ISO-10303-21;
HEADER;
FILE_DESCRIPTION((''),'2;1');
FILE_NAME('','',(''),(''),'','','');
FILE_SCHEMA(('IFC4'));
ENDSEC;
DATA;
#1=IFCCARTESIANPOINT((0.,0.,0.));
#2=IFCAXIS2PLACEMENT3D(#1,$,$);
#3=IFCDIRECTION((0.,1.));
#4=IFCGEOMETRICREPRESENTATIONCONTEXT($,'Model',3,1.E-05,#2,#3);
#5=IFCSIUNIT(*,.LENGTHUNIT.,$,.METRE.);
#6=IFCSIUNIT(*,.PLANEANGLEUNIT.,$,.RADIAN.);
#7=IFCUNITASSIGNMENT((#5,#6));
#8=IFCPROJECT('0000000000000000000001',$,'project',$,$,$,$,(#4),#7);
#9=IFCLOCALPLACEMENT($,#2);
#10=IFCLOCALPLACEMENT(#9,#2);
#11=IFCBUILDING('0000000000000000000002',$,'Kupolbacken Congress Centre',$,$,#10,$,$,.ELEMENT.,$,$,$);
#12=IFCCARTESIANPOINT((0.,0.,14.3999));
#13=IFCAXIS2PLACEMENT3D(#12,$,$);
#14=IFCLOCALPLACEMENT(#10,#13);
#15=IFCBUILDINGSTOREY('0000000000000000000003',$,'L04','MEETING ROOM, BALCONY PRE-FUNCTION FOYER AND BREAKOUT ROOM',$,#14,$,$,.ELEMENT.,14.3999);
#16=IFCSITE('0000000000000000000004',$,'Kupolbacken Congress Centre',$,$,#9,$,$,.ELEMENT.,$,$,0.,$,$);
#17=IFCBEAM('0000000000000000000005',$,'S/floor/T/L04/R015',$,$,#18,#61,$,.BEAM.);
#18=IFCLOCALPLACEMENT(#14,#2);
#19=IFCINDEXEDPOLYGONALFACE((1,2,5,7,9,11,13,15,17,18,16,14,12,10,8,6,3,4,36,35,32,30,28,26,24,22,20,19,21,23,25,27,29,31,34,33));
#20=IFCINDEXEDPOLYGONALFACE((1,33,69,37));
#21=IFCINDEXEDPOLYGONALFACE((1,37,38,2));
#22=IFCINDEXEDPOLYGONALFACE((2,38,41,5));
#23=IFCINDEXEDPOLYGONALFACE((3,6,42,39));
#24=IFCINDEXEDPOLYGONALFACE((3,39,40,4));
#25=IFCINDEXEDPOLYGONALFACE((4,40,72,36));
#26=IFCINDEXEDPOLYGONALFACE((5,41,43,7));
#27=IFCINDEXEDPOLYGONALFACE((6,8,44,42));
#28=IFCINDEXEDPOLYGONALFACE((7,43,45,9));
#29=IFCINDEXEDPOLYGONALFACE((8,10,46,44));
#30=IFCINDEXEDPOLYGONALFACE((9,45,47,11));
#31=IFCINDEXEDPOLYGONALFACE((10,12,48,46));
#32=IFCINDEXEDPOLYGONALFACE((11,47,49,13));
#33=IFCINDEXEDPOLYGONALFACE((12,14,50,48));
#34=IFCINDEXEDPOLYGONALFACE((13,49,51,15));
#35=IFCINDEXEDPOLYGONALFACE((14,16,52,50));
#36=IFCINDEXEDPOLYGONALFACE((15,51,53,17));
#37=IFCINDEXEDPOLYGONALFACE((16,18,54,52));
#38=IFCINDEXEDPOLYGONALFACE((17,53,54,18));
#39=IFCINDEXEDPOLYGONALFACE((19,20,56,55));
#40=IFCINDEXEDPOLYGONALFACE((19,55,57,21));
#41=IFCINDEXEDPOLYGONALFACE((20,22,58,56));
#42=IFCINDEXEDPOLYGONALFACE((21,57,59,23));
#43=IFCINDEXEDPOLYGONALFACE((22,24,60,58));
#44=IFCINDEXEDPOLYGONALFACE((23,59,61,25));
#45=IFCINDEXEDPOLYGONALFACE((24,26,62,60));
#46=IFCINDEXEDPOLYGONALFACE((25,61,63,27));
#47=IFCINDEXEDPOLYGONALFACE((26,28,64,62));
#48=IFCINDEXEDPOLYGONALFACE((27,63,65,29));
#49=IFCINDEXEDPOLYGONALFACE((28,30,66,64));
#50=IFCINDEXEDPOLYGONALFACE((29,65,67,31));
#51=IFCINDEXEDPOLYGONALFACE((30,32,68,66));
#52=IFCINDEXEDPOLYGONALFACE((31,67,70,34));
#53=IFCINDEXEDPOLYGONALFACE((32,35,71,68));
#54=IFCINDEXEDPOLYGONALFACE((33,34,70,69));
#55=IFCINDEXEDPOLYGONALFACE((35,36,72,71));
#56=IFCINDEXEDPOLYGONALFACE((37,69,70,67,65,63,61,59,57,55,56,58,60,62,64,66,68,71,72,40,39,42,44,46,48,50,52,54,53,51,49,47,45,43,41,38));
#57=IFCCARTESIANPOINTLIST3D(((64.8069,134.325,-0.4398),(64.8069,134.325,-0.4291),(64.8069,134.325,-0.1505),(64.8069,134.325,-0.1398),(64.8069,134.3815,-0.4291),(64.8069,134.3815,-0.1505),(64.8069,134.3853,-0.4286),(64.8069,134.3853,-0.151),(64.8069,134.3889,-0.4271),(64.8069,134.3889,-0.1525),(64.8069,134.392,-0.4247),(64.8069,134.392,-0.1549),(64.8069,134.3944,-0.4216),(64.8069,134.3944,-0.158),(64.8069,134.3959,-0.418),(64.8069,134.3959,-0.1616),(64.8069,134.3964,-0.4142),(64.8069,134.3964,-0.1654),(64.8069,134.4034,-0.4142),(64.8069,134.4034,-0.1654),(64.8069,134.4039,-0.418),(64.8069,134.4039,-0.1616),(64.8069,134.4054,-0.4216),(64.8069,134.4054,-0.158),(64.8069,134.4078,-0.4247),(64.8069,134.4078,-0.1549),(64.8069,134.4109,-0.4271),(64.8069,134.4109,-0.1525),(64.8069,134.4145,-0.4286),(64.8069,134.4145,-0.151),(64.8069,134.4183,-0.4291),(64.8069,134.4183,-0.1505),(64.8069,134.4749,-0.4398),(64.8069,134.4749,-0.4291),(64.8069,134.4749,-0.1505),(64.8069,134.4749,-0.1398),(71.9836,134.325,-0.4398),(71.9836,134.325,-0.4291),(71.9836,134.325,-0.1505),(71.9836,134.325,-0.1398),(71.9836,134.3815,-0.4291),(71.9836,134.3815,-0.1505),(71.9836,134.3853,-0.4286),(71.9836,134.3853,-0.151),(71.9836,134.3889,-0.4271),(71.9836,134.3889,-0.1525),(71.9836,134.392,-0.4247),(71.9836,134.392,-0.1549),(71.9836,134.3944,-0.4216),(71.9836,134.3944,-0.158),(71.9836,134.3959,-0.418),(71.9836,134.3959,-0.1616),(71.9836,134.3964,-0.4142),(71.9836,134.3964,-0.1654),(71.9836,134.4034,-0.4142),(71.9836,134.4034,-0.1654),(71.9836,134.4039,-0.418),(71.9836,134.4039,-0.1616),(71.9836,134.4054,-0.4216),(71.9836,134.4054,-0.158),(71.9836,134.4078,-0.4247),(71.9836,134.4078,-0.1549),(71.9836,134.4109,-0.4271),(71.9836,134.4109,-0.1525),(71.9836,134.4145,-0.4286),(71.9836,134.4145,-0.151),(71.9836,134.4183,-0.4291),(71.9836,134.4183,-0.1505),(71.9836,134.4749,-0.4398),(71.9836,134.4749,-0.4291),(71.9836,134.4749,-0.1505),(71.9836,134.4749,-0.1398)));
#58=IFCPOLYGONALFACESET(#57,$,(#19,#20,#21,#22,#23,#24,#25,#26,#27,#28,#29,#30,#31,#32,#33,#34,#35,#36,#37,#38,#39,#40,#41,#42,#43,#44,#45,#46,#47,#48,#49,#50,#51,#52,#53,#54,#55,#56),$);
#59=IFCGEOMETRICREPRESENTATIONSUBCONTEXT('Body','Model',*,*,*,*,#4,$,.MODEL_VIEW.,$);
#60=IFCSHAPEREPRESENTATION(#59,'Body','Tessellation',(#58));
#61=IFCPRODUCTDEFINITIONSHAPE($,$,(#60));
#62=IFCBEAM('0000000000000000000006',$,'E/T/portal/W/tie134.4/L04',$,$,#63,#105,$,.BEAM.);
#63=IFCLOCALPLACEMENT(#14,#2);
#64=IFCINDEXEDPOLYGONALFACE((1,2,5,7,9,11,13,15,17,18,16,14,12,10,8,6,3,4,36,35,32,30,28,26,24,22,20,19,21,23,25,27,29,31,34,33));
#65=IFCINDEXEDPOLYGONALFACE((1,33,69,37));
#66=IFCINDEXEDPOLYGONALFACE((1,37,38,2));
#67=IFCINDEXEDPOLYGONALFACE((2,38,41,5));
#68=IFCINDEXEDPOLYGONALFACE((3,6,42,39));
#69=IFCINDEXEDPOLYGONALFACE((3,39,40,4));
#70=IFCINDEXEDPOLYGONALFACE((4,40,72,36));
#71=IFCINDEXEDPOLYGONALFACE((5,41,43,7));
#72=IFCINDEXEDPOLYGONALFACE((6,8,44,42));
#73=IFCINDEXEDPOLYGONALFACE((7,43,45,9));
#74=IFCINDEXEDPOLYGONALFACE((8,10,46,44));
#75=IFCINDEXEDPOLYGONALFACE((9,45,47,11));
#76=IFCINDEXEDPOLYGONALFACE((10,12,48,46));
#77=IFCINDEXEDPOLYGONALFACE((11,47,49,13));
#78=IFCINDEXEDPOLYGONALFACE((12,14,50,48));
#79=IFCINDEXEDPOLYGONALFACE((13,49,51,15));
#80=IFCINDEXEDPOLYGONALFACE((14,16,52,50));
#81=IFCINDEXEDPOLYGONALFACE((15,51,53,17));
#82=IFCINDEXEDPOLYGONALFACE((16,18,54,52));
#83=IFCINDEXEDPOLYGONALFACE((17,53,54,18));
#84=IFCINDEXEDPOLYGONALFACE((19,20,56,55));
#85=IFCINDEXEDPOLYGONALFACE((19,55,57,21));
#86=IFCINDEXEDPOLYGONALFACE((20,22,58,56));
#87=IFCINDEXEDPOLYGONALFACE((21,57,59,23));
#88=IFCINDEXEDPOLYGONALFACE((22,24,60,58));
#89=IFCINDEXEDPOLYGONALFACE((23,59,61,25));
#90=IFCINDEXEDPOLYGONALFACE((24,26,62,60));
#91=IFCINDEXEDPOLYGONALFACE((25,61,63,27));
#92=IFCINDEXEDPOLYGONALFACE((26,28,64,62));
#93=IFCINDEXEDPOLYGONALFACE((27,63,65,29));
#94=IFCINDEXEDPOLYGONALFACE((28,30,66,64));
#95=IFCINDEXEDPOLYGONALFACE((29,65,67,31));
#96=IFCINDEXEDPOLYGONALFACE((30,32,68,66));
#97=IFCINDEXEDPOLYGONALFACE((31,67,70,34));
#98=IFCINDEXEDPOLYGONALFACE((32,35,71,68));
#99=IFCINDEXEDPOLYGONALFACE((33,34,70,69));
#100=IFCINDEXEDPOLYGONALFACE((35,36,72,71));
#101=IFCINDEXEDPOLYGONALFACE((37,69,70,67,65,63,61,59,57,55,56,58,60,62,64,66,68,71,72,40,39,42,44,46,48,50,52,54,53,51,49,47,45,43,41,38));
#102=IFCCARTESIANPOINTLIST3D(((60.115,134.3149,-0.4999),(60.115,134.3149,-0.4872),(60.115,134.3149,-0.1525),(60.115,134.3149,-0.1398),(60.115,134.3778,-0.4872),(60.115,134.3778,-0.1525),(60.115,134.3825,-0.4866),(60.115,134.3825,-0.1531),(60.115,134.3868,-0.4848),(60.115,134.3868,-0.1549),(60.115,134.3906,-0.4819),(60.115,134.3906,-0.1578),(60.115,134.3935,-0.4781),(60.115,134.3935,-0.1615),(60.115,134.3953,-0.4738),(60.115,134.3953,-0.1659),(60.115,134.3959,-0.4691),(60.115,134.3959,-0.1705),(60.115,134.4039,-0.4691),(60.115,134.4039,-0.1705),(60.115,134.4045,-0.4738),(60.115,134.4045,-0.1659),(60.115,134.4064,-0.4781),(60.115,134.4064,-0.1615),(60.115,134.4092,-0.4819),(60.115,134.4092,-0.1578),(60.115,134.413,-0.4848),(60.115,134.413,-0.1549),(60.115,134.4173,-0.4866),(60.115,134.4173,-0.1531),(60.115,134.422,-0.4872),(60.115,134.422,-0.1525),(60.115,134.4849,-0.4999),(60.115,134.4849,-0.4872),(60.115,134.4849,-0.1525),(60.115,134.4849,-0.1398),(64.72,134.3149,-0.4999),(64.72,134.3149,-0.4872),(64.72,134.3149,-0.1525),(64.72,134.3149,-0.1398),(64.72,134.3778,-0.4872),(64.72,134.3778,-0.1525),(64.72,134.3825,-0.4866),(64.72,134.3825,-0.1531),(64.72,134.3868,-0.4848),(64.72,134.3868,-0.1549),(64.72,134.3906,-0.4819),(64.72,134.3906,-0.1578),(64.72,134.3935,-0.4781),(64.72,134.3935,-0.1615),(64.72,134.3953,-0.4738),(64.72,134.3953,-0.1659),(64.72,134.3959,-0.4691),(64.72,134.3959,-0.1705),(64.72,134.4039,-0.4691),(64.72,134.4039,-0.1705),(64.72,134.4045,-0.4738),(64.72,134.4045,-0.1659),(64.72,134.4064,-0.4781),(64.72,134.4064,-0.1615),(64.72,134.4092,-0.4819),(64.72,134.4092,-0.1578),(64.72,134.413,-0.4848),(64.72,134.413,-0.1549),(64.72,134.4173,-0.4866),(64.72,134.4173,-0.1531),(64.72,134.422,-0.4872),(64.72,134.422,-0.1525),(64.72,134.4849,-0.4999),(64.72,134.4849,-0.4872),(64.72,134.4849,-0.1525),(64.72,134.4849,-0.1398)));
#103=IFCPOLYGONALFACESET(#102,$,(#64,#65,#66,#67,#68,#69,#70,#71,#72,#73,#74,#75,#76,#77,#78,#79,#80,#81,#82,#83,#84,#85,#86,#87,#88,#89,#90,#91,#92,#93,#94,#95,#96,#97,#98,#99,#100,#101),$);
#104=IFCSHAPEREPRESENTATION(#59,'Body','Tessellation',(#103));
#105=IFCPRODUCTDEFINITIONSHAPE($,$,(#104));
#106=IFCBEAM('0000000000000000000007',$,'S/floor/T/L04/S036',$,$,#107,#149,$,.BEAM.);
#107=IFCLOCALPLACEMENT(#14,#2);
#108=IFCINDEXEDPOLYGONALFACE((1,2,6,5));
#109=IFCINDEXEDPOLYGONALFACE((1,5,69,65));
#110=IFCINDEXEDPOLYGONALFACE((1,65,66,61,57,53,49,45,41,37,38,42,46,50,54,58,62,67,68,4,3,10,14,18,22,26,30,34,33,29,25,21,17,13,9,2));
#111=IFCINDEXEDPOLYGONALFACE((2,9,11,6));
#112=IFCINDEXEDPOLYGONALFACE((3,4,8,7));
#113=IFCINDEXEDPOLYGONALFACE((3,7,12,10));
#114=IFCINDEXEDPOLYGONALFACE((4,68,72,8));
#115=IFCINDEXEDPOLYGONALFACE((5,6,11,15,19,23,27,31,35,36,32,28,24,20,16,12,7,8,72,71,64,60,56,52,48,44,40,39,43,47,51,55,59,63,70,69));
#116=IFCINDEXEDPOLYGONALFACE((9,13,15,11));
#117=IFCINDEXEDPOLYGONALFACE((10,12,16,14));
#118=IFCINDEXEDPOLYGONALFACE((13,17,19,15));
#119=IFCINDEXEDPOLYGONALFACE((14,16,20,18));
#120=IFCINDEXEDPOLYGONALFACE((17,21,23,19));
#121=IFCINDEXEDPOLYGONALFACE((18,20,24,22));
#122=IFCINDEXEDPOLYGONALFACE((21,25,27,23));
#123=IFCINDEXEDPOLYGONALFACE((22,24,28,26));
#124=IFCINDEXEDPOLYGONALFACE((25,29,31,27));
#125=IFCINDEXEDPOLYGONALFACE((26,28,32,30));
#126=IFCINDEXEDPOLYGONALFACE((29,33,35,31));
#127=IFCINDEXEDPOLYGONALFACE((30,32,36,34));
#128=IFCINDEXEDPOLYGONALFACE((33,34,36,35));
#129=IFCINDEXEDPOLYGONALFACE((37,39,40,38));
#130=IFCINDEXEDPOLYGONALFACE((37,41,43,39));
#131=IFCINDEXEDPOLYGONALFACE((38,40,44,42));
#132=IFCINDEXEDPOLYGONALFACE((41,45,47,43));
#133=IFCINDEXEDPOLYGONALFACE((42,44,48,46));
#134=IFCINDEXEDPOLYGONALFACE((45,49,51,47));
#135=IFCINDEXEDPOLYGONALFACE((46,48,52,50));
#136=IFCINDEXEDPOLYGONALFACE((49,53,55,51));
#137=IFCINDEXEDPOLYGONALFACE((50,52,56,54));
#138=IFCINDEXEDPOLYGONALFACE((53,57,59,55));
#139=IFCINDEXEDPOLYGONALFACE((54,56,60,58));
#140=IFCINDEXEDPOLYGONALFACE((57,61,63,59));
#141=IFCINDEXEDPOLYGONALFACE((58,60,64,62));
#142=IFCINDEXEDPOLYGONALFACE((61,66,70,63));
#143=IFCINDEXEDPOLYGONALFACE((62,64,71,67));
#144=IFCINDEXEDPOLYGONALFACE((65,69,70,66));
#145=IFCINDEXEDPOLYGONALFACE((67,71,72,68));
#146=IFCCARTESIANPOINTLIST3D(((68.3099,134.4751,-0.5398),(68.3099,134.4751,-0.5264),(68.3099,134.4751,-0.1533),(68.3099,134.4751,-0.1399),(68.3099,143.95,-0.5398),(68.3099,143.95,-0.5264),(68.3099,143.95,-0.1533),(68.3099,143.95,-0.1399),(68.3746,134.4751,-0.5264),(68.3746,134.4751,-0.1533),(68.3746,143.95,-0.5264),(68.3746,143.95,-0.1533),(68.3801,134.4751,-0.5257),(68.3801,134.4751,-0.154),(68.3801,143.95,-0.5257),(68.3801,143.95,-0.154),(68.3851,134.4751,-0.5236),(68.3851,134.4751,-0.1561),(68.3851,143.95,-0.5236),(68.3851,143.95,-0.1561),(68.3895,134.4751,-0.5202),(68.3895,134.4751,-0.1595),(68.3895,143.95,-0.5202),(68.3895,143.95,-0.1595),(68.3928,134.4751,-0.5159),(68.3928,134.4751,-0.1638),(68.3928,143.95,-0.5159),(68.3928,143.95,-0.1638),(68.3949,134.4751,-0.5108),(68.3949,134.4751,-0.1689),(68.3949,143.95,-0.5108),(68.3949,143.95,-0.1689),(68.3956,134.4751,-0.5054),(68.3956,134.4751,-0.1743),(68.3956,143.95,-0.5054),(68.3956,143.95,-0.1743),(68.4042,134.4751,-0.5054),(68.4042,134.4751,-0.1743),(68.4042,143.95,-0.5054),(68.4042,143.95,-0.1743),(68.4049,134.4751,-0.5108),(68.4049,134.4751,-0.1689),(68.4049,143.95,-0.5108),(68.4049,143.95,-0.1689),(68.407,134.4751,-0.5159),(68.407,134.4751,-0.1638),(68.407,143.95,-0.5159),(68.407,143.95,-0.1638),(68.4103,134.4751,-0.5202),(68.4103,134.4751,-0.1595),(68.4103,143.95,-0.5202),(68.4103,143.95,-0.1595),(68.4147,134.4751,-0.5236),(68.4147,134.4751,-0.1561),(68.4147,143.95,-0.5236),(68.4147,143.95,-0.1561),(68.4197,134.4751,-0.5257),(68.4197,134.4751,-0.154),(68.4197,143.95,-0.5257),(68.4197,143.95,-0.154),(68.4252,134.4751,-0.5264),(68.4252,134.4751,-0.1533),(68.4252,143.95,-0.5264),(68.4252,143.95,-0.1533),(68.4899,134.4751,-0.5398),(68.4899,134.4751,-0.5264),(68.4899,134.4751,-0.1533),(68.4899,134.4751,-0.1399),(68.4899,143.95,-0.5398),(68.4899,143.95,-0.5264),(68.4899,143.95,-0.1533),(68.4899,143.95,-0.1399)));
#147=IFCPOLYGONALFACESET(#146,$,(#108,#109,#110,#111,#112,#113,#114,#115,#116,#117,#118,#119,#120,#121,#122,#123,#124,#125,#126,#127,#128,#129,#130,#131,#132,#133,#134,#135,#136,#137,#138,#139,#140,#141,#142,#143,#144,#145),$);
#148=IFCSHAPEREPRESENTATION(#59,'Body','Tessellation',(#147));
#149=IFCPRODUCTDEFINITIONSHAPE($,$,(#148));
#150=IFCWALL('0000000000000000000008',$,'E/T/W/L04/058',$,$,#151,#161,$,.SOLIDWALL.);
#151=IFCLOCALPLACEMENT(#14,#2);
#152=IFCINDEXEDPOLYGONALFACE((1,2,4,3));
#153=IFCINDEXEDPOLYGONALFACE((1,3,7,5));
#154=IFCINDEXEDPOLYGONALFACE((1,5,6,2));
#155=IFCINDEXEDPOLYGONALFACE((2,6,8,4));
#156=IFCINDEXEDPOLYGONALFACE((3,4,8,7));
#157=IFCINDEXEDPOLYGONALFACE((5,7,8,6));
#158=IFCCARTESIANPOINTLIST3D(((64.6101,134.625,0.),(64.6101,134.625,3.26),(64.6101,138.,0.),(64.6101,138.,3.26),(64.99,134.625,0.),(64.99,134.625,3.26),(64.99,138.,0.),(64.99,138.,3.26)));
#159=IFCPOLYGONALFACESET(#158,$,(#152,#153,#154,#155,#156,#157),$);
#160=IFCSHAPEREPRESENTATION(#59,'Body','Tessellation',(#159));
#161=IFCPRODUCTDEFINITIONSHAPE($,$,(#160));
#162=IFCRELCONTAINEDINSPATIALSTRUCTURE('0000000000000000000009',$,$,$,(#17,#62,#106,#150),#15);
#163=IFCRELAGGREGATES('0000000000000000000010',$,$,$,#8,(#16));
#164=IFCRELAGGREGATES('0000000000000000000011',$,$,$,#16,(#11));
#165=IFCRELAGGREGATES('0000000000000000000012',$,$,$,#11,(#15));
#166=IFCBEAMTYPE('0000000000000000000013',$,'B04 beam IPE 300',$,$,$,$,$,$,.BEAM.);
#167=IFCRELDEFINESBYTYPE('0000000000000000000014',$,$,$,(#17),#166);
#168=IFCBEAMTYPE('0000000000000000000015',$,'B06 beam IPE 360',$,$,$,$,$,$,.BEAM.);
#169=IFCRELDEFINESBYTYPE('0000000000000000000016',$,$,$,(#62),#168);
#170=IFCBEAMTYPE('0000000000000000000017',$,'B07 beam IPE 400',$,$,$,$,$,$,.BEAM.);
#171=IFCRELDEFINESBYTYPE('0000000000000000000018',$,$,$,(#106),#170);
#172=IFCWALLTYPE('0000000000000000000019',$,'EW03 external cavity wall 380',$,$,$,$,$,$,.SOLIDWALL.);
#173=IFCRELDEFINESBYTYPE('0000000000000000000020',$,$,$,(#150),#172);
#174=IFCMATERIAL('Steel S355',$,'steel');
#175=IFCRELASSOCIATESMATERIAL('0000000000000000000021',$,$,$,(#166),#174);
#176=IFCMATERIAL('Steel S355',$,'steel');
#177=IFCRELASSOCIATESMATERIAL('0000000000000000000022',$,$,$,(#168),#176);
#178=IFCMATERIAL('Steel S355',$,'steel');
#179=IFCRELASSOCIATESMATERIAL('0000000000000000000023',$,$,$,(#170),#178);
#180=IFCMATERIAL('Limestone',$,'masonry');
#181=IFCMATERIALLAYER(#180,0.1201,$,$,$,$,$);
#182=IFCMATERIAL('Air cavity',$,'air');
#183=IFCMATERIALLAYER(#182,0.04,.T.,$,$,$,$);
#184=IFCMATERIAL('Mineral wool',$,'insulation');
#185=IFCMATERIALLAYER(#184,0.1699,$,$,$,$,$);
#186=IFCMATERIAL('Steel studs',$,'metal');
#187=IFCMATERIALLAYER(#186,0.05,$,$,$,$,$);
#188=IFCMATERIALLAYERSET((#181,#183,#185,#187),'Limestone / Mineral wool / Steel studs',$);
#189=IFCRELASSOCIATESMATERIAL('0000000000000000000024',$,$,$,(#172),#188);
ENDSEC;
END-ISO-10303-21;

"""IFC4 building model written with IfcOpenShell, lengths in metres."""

from ifc_helpers import new_model, si_unit, direction, frame, frame_2d, origin, origin_2d, place, context, subcontext, project, spatial, rectangle, i_section, extrude, material, layer, layer_set, material_profile, profile_set, type_object, element, save


model = new_model("IFC4")

# Units and contexts
model_context = context("Model", 3, precision=1e-05, world=origin(), true_north=direction((0.0, 1.0)))
body_context = subcontext(model_context, "Body", "Model", "MODEL_VIEW")
ifc_project = project(units=[si_unit("LENGTHUNIT", "METRE"), si_unit("PLANEANGLEUNIT", "RADIAN")], contexts=[model_context])

# Site, building, storey
site_placement = place(None, origin())
site = spatial("IfcSite", under=ifc_project, at=site_placement, Name="Kupolbacken Congress Centre", CompositionType="ELEMENT", RefElevation=0.0)
building_placement = place(site_placement, origin())
building = spatial("IfcBuilding", under=site, at=building_placement, Name="Kupolbacken Congress Centre", CompositionType="ELEMENT")
storey_placement = place(building_placement, frame((0.0, 0.0, 14.3999)))
storey = spatial("IfcBuildingStorey", under=building, at=storey_placement, Name="L04", Description="MEETING ROOM, BALCONY PRE-FUNCTION FOYER AND BREAKOUT ROOM", CompositionType="ELEMENT", Elevation=14.3999)

# Beams
ifc_material_1 = material(Name="Steel S355", Category="steel")
ifc_material_profile_1 = material_profile(ifc_material_1, i_section(OverallWidth=0.1499, OverallDepth=0.3, WebThickness=0.0071, FlangeThickness=0.0107, FilletRadius=0.0149, at=origin_2d()), Name="IPE 300")
ifc_profile_set_1 = profile_set([ifc_material_profile_1], Name="Steel S355")
beam_type_1 = type_object("IfcBeamType", Name="B04 beam IPE 300", PredefinedType="BEAM", material=ifc_profile_set_1)
beam_1_placement = place(storey_placement, frame((64.8069, 134.3999, -0.2898), z_axis=(1.0, 0.0, 0.0), x_axis=(0.0, 1.0, 0.0)))
element("IfcBeam", 1, at=beam_1_placement, inside=storey, type_object=beam_type_1, Name="S/floor/T/L04/R015", PredefinedType="BEAM", context=body_context, shape_type="SweptSolid", body=[
    extrude(i_section(OverallWidth=0.1499, OverallDepth=0.3, WebThickness=0.0071, FlangeThickness=0.0107, FilletRadius=0.0149, at=origin_2d()), origin(), (0.0, 0.0, 1.0), 7.1768),
])
ifc_material_2 = material(Name="Steel S355", Category="steel")
ifc_material_profile_2 = material_profile(ifc_material_2, i_section(OverallWidth=0.1699, OverallDepth=0.3601, WebThickness=0.0081, FlangeThickness=0.0127, FilletRadius=0.0181, at=origin_2d()), Name="IPE 360")
ifc_profile_set_2 = profile_set([ifc_material_profile_2], Name="Steel S355")
beam_type_2 = type_object("IfcBeamType", Name="B06 beam IPE 360", PredefinedType="BEAM", material=ifc_profile_set_2)
beam_2_placement = place(storey_placement, frame((64.72, 134.3999, -0.3198), z_axis=(-1.0, 0.0, 0.0), x_axis=(0.0, -1.0, 0.0)))
element("IfcBeam", 2, at=beam_2_placement, inside=storey, type_object=beam_type_2, Name="E/T/portal/W/tie134.4/L04", PredefinedType="BEAM", context=body_context, shape_type="SweptSolid", body=[
    extrude(i_section(OverallWidth=0.1699, OverallDepth=0.3601, WebThickness=0.0081, FlangeThickness=0.0127, FilletRadius=0.0181, at=origin_2d()), origin(), (0.0, 0.0, 1.0), 4.605),
])
ifc_material_3 = material(Name="Steel S355", Category="steel")
ifc_material_profile_3 = material_profile(ifc_material_3, i_section(OverallWidth=0.1799, OverallDepth=0.3999, WebThickness=0.0085, FlangeThickness=0.0134, FilletRadius=0.021, at=origin_2d()), Name="IPE 400")
ifc_profile_set_3 = profile_set([ifc_material_profile_3], Name="Steel S355")
beam_type_3 = type_object("IfcBeamType", Name="B07 beam IPE 400", PredefinedType="BEAM", material=ifc_profile_set_3)
beam_3_placement = place(storey_placement, frame((68.3999, 134.4751, -0.3398), z_axis=(0.0, 1.0, 0.0), x_axis=(-1.0, 0.0, 0.0)))
element("IfcBeam", 3, at=beam_3_placement, inside=storey, type_object=beam_type_3, Name="S/floor/T/L04/S036", PredefinedType="BEAM", context=body_context, shape_type="SweptSolid", body=[
    extrude(i_section(OverallWidth=0.1799, OverallDepth=0.3999, WebThickness=0.0085, FlangeThickness=0.0134, FilletRadius=0.021, at=origin_2d()), origin(), (0.0, 0.0, 1.0), 9.4749),
])

# Wall
ifc_material_4 = material(Name="Limestone", Category="masonry")
ifc_layer_1 = layer(ifc_material_4, 0.1201)
ifc_material_5 = material(Name="Air cavity", Category="air")
ifc_layer_2 = layer(ifc_material_5, 0.04, ventilated=True)
ifc_material_6 = material(Name="Mineral wool", Category="insulation")
ifc_layer_3 = layer(ifc_material_6, 0.1699)
ifc_material_7 = material(Name="Steel studs", Category="metal")
ifc_layer_4 = layer(ifc_material_7, 0.05)
ifc_layer_set_1 = layer_set([ifc_layer_1, ifc_layer_2, ifc_layer_3, ifc_layer_4], Name="Limestone / Mineral wool / Steel studs")
wall_type_1 = type_object("IfcWallType", Name="EW03 external cavity wall 380", PredefinedType="SOLIDWALL", material=ifc_layer_set_1)
wall_1_placement = place(storey_placement, frame((64.8, 138.0, 0.0), z_axis=(0.0, 0.0, 1.0), x_axis=(0.0, -1.0, 0.0)))
element("IfcWall", 4, at=wall_1_placement, inside=storey, type_object=wall_type_1, Name="E/T/W/L04/058", PredefinedType="SOLIDWALL", context=body_context, shape_type="SweptSolid", body=[
    extrude(rectangle(XDim=3.375, YDim=0.3799, at=frame_2d((1.6875, 0.0))), origin(), (0.0, 0.0, 1.0), 3.26),
])

save(model, "model.ifc")
